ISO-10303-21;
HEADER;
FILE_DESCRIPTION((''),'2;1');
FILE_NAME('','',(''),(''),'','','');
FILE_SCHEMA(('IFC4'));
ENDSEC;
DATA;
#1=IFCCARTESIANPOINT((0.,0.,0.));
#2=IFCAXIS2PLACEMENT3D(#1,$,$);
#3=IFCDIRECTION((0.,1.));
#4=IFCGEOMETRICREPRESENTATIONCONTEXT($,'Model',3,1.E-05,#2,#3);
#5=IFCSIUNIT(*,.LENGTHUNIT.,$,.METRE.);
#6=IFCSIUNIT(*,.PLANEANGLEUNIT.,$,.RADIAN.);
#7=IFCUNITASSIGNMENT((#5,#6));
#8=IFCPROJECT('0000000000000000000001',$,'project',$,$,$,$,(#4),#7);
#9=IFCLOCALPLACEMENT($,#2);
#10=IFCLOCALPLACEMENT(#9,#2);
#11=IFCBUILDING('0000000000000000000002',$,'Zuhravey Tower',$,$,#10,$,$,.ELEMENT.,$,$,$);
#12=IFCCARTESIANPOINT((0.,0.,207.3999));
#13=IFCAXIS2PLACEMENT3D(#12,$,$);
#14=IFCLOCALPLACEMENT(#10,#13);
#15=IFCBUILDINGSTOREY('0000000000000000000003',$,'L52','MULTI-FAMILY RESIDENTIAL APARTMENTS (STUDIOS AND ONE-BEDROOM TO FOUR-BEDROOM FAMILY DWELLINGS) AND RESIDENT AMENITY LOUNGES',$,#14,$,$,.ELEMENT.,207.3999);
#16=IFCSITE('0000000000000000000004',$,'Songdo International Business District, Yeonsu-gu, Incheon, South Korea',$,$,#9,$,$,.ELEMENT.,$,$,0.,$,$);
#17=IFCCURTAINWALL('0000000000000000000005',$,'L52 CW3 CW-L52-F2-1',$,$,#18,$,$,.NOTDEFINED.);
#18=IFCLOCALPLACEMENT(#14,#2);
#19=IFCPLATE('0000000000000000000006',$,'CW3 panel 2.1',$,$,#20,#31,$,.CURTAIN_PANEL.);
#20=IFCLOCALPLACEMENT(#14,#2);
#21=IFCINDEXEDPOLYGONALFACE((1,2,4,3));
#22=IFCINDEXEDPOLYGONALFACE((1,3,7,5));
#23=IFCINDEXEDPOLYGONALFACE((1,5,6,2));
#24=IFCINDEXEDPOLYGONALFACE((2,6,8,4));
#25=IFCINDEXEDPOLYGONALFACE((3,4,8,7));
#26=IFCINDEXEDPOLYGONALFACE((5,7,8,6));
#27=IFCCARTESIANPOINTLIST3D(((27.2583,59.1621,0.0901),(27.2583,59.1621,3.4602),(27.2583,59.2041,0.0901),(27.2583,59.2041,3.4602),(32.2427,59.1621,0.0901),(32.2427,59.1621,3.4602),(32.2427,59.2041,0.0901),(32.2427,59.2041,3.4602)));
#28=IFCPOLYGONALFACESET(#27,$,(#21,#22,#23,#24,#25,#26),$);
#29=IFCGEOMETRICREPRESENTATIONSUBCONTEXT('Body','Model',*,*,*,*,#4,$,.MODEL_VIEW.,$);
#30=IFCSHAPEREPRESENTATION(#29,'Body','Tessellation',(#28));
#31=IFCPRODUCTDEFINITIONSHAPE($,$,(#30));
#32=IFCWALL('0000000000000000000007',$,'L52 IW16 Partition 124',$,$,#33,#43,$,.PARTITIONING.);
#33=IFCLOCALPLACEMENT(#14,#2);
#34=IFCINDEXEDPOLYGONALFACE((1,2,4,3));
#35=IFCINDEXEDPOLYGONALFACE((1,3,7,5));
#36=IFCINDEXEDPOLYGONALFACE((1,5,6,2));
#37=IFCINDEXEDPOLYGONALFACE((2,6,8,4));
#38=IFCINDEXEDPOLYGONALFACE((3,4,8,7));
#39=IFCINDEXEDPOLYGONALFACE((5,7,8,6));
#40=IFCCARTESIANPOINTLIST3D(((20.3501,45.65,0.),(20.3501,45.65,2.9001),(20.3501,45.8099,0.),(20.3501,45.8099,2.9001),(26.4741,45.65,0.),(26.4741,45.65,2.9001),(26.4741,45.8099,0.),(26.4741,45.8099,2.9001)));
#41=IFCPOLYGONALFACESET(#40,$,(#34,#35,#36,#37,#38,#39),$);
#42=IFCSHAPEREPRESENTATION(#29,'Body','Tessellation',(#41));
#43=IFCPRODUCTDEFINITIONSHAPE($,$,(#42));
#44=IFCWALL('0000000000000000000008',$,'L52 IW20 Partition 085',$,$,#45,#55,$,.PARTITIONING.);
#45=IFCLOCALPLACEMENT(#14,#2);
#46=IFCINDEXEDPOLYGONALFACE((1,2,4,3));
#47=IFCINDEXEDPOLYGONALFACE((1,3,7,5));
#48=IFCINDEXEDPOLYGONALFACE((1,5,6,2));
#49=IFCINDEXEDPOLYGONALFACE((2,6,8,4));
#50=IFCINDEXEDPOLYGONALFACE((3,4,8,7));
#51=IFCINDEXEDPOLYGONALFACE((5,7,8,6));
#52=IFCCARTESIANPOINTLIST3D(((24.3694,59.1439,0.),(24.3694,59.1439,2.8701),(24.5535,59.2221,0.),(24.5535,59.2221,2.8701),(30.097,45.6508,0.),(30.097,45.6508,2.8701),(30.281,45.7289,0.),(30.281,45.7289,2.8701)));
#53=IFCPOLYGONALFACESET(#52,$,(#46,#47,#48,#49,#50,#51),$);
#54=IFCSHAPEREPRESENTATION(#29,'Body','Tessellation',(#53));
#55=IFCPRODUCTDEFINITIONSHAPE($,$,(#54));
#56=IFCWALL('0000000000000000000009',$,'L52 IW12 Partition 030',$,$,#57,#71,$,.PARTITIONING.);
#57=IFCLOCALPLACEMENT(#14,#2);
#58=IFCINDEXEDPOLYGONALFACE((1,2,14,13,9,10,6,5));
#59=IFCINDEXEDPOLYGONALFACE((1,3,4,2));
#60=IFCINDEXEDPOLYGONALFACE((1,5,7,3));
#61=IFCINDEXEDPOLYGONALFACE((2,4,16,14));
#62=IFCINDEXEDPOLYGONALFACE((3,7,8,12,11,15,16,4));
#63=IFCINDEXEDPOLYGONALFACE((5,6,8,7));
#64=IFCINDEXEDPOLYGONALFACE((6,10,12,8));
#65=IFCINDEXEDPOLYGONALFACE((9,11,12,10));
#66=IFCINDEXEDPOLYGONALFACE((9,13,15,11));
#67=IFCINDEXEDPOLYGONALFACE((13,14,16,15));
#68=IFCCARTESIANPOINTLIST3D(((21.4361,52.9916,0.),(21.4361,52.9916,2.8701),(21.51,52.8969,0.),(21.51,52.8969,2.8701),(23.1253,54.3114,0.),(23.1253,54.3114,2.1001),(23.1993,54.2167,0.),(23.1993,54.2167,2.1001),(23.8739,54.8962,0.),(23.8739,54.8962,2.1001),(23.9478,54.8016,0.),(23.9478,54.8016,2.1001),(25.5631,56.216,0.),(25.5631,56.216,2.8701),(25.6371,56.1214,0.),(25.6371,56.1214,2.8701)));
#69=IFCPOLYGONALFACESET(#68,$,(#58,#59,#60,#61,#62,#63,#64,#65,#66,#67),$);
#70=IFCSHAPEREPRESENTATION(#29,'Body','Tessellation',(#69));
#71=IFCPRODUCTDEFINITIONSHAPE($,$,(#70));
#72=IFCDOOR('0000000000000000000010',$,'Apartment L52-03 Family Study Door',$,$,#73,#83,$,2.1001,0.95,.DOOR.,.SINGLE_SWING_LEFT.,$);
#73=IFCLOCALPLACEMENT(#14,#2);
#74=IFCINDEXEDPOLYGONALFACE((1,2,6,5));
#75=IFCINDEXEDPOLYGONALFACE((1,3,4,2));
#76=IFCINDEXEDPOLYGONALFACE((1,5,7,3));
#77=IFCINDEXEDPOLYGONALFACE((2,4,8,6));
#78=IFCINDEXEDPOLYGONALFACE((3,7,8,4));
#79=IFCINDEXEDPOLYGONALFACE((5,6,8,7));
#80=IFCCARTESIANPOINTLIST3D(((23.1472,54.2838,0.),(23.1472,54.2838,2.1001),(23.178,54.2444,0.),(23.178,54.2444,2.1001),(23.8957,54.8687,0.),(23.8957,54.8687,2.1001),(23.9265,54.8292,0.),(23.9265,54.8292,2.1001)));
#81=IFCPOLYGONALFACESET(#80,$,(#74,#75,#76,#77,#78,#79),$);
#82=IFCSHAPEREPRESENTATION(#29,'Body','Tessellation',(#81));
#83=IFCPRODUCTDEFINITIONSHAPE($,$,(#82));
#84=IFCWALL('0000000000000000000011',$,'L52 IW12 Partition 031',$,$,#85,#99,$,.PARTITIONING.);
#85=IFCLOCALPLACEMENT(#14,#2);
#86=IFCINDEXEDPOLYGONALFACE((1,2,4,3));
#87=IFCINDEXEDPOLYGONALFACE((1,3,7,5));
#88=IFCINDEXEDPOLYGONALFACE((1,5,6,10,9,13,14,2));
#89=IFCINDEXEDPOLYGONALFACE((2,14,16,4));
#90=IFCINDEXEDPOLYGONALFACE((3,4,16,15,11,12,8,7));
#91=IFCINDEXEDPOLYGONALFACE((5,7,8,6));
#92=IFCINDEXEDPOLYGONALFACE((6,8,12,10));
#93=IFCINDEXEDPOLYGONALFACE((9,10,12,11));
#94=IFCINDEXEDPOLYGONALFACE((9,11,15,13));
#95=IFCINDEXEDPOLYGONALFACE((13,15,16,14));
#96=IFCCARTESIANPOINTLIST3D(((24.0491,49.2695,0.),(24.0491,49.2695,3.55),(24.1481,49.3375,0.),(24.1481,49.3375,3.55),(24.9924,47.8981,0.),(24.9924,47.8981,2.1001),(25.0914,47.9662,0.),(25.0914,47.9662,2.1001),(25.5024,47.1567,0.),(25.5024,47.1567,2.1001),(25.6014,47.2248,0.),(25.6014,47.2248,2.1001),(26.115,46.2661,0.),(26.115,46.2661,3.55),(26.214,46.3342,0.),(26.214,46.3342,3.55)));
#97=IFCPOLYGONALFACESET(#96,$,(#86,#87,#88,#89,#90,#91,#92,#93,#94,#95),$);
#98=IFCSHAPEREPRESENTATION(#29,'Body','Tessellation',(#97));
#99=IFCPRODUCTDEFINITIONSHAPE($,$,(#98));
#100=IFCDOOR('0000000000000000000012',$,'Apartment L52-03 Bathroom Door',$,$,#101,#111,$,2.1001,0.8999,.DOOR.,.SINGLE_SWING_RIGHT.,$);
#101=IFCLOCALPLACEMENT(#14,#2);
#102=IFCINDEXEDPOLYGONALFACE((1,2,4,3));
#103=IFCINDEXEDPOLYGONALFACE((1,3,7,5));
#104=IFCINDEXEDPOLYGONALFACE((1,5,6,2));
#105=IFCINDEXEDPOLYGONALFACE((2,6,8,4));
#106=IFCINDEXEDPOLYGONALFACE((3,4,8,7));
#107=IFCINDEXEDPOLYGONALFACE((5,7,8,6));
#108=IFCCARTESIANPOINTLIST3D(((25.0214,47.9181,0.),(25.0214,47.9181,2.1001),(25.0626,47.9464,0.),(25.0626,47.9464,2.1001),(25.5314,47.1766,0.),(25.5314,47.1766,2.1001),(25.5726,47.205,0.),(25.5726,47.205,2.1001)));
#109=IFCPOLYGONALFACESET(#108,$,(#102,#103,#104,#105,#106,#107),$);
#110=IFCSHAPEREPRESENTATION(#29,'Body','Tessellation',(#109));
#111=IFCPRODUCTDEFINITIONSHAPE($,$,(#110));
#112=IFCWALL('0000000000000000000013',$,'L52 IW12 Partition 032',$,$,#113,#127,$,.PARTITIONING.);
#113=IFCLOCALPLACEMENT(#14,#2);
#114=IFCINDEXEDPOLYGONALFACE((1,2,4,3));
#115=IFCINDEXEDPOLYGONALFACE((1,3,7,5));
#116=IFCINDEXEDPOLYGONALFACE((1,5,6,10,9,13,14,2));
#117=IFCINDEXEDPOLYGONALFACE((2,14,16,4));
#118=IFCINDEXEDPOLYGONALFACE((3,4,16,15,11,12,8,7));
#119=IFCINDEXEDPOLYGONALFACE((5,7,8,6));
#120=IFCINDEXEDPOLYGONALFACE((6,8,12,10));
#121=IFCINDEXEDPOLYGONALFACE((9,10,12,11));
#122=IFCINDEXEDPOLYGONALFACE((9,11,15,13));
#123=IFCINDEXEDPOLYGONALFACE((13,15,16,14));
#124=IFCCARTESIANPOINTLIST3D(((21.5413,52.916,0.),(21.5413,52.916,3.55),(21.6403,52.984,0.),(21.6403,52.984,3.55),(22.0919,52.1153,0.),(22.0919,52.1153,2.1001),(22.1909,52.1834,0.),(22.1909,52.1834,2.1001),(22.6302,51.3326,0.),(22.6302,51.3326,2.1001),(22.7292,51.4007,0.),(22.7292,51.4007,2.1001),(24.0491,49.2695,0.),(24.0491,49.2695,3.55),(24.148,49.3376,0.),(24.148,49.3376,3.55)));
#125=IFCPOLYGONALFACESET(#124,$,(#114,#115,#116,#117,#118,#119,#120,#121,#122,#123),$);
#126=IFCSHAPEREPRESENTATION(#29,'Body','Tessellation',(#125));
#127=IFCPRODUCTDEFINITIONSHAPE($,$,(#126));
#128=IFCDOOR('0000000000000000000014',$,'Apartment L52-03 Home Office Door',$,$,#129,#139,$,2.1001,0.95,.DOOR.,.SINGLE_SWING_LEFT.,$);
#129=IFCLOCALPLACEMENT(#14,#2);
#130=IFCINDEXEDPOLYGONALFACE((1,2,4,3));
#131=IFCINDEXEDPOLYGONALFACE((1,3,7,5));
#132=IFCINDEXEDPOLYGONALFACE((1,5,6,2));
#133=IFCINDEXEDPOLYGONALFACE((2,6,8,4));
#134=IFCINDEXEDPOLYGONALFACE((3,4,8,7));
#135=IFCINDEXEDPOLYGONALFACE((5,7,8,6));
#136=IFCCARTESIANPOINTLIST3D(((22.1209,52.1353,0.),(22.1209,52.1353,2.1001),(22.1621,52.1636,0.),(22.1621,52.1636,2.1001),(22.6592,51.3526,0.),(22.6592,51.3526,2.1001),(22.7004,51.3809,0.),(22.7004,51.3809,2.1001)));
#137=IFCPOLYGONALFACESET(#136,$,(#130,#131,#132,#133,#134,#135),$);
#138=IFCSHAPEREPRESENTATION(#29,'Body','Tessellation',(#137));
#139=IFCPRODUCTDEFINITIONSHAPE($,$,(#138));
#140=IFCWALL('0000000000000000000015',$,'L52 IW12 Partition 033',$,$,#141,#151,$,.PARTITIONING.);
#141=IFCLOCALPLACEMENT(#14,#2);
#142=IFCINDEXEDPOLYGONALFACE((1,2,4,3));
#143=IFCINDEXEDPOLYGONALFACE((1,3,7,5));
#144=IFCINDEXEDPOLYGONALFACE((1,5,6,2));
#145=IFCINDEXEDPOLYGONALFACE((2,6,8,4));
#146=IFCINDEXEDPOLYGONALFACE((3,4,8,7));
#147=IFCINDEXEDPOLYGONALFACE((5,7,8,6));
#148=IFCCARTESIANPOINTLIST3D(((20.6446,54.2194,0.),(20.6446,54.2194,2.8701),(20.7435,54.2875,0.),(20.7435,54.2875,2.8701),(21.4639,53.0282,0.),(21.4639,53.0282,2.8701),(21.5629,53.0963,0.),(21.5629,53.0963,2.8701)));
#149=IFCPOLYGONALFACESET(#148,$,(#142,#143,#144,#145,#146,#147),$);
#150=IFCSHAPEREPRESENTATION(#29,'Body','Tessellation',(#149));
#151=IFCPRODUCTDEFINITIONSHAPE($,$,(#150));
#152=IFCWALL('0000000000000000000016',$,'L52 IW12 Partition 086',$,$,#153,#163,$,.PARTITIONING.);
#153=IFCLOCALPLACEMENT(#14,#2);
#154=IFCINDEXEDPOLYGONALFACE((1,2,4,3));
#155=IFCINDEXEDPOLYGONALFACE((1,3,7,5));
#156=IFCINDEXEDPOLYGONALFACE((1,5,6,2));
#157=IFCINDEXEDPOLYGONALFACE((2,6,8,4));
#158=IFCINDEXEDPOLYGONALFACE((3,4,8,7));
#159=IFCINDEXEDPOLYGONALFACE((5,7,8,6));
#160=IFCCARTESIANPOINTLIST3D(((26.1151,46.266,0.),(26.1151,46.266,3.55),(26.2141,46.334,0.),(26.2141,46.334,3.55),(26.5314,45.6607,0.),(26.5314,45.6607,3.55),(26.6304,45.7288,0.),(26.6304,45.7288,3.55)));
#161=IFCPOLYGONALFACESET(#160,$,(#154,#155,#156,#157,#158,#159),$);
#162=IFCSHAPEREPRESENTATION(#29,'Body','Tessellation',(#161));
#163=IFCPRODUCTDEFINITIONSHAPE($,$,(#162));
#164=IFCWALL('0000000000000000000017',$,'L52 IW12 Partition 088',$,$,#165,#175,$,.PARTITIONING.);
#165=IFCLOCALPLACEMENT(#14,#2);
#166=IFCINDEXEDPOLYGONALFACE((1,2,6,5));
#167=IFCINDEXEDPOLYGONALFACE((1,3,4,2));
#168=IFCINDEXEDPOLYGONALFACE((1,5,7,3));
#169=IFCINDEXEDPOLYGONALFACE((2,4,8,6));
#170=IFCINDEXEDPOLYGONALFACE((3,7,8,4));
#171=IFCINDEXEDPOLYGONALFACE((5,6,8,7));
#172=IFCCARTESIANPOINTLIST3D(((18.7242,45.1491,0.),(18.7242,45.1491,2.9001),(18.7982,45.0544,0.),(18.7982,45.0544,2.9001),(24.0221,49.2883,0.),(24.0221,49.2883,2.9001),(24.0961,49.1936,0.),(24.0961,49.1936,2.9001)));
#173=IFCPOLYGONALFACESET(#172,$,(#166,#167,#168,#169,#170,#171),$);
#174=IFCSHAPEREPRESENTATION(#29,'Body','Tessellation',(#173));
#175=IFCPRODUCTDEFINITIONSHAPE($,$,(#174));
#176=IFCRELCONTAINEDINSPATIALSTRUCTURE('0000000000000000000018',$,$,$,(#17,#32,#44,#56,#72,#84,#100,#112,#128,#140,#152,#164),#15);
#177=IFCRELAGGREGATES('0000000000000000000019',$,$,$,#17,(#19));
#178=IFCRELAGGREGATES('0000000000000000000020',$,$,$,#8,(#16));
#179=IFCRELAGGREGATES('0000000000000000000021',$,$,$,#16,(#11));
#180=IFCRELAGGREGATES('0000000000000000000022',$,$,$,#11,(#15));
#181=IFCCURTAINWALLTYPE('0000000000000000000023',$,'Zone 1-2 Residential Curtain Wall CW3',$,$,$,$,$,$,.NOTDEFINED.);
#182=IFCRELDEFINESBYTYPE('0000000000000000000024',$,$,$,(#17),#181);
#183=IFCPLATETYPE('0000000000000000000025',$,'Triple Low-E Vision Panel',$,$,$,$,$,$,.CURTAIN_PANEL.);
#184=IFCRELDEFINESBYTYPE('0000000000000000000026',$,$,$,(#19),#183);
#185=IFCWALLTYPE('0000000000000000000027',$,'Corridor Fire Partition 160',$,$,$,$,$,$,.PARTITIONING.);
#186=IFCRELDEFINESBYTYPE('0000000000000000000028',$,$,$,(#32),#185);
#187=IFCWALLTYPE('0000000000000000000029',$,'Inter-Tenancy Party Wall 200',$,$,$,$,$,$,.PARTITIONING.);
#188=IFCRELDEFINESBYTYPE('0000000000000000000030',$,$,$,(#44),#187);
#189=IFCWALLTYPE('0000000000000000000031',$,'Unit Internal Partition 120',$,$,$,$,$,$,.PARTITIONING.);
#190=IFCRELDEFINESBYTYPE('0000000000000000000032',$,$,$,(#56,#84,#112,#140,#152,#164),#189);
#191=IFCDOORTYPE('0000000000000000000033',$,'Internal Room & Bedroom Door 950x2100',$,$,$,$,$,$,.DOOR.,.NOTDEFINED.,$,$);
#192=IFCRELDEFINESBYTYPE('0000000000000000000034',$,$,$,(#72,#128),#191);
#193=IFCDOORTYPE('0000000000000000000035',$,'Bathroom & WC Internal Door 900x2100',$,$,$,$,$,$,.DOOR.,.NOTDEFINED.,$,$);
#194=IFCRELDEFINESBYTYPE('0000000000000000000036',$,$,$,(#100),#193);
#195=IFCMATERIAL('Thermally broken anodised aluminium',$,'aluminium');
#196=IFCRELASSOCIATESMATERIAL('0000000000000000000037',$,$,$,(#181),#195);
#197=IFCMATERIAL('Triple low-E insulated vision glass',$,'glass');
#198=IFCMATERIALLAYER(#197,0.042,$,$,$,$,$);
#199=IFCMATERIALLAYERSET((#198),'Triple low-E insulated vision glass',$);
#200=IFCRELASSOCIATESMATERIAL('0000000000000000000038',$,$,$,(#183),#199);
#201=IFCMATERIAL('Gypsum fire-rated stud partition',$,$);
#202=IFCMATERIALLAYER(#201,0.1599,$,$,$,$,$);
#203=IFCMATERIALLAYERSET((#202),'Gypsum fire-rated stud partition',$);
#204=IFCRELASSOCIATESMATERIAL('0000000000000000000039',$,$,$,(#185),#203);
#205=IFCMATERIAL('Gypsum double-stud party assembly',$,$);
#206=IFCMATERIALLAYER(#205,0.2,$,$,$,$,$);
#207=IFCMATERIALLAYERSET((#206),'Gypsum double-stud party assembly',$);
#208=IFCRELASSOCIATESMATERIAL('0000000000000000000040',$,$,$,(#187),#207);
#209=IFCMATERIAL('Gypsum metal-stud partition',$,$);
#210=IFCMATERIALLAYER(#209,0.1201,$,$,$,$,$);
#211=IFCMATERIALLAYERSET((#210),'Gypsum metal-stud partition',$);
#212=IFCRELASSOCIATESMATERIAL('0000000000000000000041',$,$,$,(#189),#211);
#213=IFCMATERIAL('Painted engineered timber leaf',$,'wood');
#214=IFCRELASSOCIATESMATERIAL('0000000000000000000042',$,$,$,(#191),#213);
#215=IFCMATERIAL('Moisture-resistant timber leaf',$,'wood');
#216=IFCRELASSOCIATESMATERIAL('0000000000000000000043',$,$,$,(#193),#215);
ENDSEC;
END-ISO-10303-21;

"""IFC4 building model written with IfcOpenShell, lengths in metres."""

from ifc_helpers import new_model, si_unit, direction, frame, frame_2d, origin, origin_2d, place, context, subcontext, project, spatial, rectangle, extrude, material, layer, layer_set, type_object, element, fill, aggregate, save


model = new_model("IFC4")

# Units and contexts
model_context = context("Model", 3, precision=1e-05, world=origin(), true_north=direction((0.0, 1.0)))
body_context = subcontext(model_context, "Body", "Model", "MODEL_VIEW")
ifc_project = project(units=[si_unit("LENGTHUNIT", "METRE"), si_unit("PLANEANGLEUNIT", "RADIAN")], contexts=[model_context])

# Site, building, storey
site_placement = place(None, origin())
site = spatial("IfcSite", under=ifc_project, at=site_placement, Name="Songdo International Business District, Yeonsu-gu, Incheon, South Korea", CompositionType="ELEMENT", RefElevation=0.0)
building_placement = place(site_placement, origin())
building = spatial("IfcBuilding", under=site, at=building_placement, Name="Zuhravey Tower", CompositionType="ELEMENT")
storey_placement = place(building_placement, frame((0.0, 0.0, 207.3999)))
storey = spatial("IfcBuildingStorey", under=building, at=storey_placement, Name="L52", Description="MULTI-FAMILY RESIDENTIAL APARTMENTS (STUDIOS AND ONE-BEDROOM TO FOUR-BEDROOM FAMILY DWELLINGS) AND RESIDENT AMENITY LOUNGES", CompositionType="ELEMENT", Elevation=207.3999)

# Curtain wall
ifc_material_1 = material(Name="Thermally broken anodised aluminium", Category="aluminium")
curtain_wall_type = type_object("IfcCurtainWallType", Name="Zone 1-2 Residential Curtain Wall CW3", PredefinedType="NOTDEFINED", material=ifc_material_1)
curtain_wall_placement = place(storey_placement, origin())
curtain_wall = element("IfcCurtainWall", 1, at=curtain_wall_placement, inside=storey, type_object=curtain_wall_type, Name="L52 CW3 CW-L52-F2-1", PredefinedType="NOTDEFINED")

# Plate
ifc_material_2 = material(Name="Triple low-E insulated vision glass", Category="glass")
ifc_layer_1 = layer(ifc_material_2, 0.042)
ifc_layer_set_1 = layer_set([ifc_layer_1], Name="Triple low-E insulated vision glass")
plate_type_1 = type_object("IfcPlateType", Name="Triple Low-E Vision Panel", PredefinedType="CURTAIN_PANEL", material=ifc_layer_set_1)
plate_1_placement = place(storey_placement, frame((29.7505, 59.1831, 0.0901), z_axis=(0.0, 0.0, 1.0), x_axis=(1.0, 0.0, 0.0)))
plate_1 = element("IfcPlate", 2, at=plate_1_placement, type_object=plate_type_1, Name="CW3 panel 2.1", PredefinedType="CURTAIN_PANEL", context=body_context, shape_type="SweptSolid", body=[
    extrude(rectangle(XDim=4.9844, YDim=0.042, at=origin_2d()), origin(), (0.0, 0.0, 1.0), 3.3701),
])
aggregate(curtain_wall, [plate_1])

# Shared definitions
ifc_material_3 = material(Name="Gypsum fire-rated stud partition")
ifc_layer_2 = layer(ifc_material_3, 0.1599)
ifc_layer_set_2 = layer_set([ifc_layer_2], Name="Gypsum fire-rated stud partition")
wall_type_1 = type_object("IfcWallType", Name="Corridor Fire Partition 160", PredefinedType="PARTITIONING", material=ifc_layer_set_2)

# Walls
wall_1_placement = place(storey_placement, frame((26.4741, 45.73, 0.0), z_axis=(0.0, 0.0, 1.0), x_axis=(-1.0, 0.0, 0.0)))
element("IfcWall", 3, at=wall_1_placement, inside=storey, type_object=wall_type_1, Name="L52 IW16 Partition 124", PredefinedType="PARTITIONING", context=body_context, shape_type="SweptSolid", body=[
    extrude(rectangle(XDim=6.124, YDim=0.1599, at=frame_2d((3.062, 0.0))), origin(), (0.0, 0.0, 1.0), 2.9001),
])
ifc_material_4 = material(Name="Gypsum double-stud party assembly")
ifc_layer_3 = layer(ifc_material_4, 0.2)
ifc_layer_set_3 = layer_set([ifc_layer_3], Name="Gypsum double-stud party assembly")
wall_type_2 = type_object("IfcWallType", Name="Inter-Tenancy Party Wall 200", PredefinedType="PARTITIONING", material=ifc_layer_set_3)
wall_2_placement = place(storey_placement, frame((30.189, 45.6899, 0.0), z_axis=(0.0, 0.0, 1.0), x_axis=(-0.390733, 0.920504, 0.0)))
element("IfcWall", 4, at=wall_2_placement, inside=storey, type_object=wall_type_2, Name="L52 IW20 Partition 085", PredefinedType="PARTITIONING", context=body_context, shape_type="SweptSolid", body=[
    extrude(rectangle(XDim=14.6584, YDim=0.2, at=frame_2d((7.3291, 0.0))), origin(), (0.0, 0.0, 1.0), 2.8701),
])

# Walls, openings, doors
ifc_material_5 = material(Name="Gypsum metal-stud partition")
ifc_layer_4 = layer(ifc_material_5, 0.1201)
ifc_layer_set_4 = layer_set([ifc_layer_4], Name="Gypsum metal-stud partition")
wall_type_3 = type_object("IfcWallType", Name="Unit Internal Partition 120", PredefinedType="PARTITIONING", material=ifc_layer_set_4)
wall_3_placement = place(storey_placement, frame((25.6001, 56.1687, 0.0), z_axis=(0.0, 0.0, 1.0), x_axis=(-0.788007, -0.615666, 0.0)))
wall_3 = element("IfcWall", 5, at=wall_3_placement, inside=storey, type_object=wall_type_3, Name="L52 IW12 Partition 030", PredefinedType="PARTITIONING", context=body_context, shape_type="SweptSolid", body=[
    extrude(rectangle(XDim=5.2373, YDim=0.1201, at=frame_2d((2.6187, 0.0))), origin(), (0.0, 0.0, 1.0), 2.8701),
])
opening_1_placement = place(wall_3_placement, frame((2.1436, 0.0, 0.0)))
opening_1 = element("IfcOpeningElement", 6, at=opening_1_placement, cuts=wall_3, PredefinedType="OPENING", context=body_context, shape_type="SweptSolid", body=[
    extrude(rectangle(XDim=0.95, YDim=2.1001, at=frame_2d((0.4751, 1.05))), frame((0.0, 0.072, 0.0), z_axis=(0.0, -1.0, 0.0), x_axis=(1.0, 0.0, 0.0)), (0.0, 0.0, 1.0), 0.144),
])
ifc_material_6 = material(Name="Painted engineered timber leaf", Category="wood")
door_type_1 = type_object("IfcDoorType", Name="Internal Room & Bedroom Door 950x2100", OperationType="NOTDEFINED", PredefinedType="DOOR", material=ifc_material_6)
door_1_placement = place(opening_1_placement, frame((0.95, 0.0, 0.0), z_axis=(0.0, 0.0, 1.0), x_axis=(-1.0, 0.0, 0.0)))
door_1 = element("IfcDoor", 7, at=door_1_placement, inside=storey, type_object=door_type_1, Name="Apartment L52-03 Family Study Door", OperationType="SINGLE_SWING_LEFT", OverallHeight=2.1001, OverallWidth=0.95, PredefinedType="DOOR", context=body_context, shape_type="SweptSolid", body=[
    extrude(rectangle(XDim=0.95, YDim=2.1001, at=frame_2d((0.4751, 1.05))), frame((0.0, 0.0249, 0.0), z_axis=(0.0, -1.0, 0.0), x_axis=(1.0, 0.0, 0.0)), (0.0, 0.0, 1.0), 0.05),
])
fill(opening_1, door_1)
wall_4_placement = place(storey_placement, frame((26.1646, 46.3, 0.0), z_axis=(0.0, 0.0, 1.0), x_axis=(-0.566728, 0.823905, 0.0)))
wall_4 = element("IfcWall", 8, at=wall_4_placement, inside=storey, type_object=wall_type_3, Name="L52 IW12 Partition 031", PredefinedType="PARTITIONING", context=body_context, shape_type="SweptSolid", body=[
    extrude(rectangle(XDim=3.6453, YDim=0.1201, at=frame_2d((1.8228, 0.0))), origin(), (0.0, 0.0, 1.0), 3.55),
])
opening_2_placement = place(wall_4_placement, frame((1.0811, 0.0, 0.0)))
opening_2 = element("IfcOpeningElement", 9, at=opening_2_placement, cuts=wall_4, PredefinedType="OPENING", context=body_context, shape_type="SweptSolid", body=[
    extrude(rectangle(XDim=0.8999, YDim=2.1001, at=frame_2d((0.45, 1.05))), frame((0.0, 0.072, 0.0), z_axis=(0.0, -1.0, 0.0), x_axis=(1.0, 0.0, 0.0)), (0.0, 0.0, 1.0), 0.144),
])
ifc_material_7 = material(Name="Moisture-resistant timber leaf", Category="wood")
door_type_2 = type_object("IfcDoorType", Name="Bathroom & WC Internal Door 900x2100", OperationType="NOTDEFINED", PredefinedType="DOOR", material=ifc_material_7)
door_2_placement = place(opening_2_placement, origin())
door_2 = element("IfcDoor", 10, at=door_2_placement, inside=storey, type_object=door_type_2, Name="Apartment L52-03 Bathroom Door", OperationType="SINGLE_SWING_RIGHT", OverallHeight=2.1001, OverallWidth=0.8999, PredefinedType="DOOR", context=body_context, shape_type="SweptSolid", body=[
    extrude(rectangle(XDim=0.8999, YDim=2.1001, at=frame_2d((0.45, 1.05))), frame((0.0, 0.0249, 0.0), z_axis=(0.0, -1.0, 0.0), x_axis=(1.0, 0.0, 0.0)), (0.0, 0.0, 1.0), 0.05),
])
fill(opening_2, door_2)
wall_5_placement = place(storey_placement, frame((24.0986, 49.3035, 0.0), z_axis=(0.0, 0.0, 1.0), x_axis=(-0.56666, 0.823952, 0.0)))
wall_5 = element("IfcWall", 11, at=wall_5_placement, inside=storey, type_object=wall_type_3, Name="L52 IW12 Partition 032", PredefinedType="PARTITIONING", context=body_context, shape_type="SweptSolid", body=[
    extrude(rectangle(XDim=4.4255, YDim=0.1201, at=frame_2d((2.2129, 0.0))), origin(), (0.0, 0.0, 1.0), 3.55),
])
opening_3_placement = place(wall_5_placement, frame((2.5039, 0.0, 0.0)))
opening_3 = element("IfcOpeningElement", 12, at=opening_3_placement, cuts=wall_5, PredefinedType="OPENING", context=body_context, shape_type="SweptSolid", body=[
    extrude(rectangle(XDim=0.95, YDim=2.1001, at=frame_2d((0.4751, 1.05))), frame((0.0, 0.072, 0.0), z_axis=(0.0, -1.0, 0.0), x_axis=(1.0, 0.0, 0.0)), (0.0, 0.0, 1.0), 0.144),
])
door_3_placement = place(opening_3_placement, origin())
door_3 = element("IfcDoor", 13, at=door_3_placement, inside=storey, type_object=door_type_1, Name="Apartment L52-03 Home Office Door", OperationType="SINGLE_SWING_LEFT", OverallHeight=2.1001, OverallWidth=0.95, PredefinedType="DOOR", context=body_context, shape_type="SweptSolid", body=[
    extrude(rectangle(XDim=0.95, YDim=2.1001, at=frame_2d((0.4751, 1.05))), frame((0.0, 0.0249, 0.0), z_axis=(0.0, -1.0, 0.0), x_axis=(1.0, 0.0, 0.0)), (0.0, 0.0, 1.0), 0.05),
])
fill(opening_3, door_3)

# Walls
wall_6_placement = place(storey_placement, frame((21.5134, 53.0623, 0.0), z_axis=(0.0, 0.0, 1.0), x_axis=(-0.566722, 0.823909, 0.0)))
element("IfcWall", 14, at=wall_6_placement, inside=storey, type_object=wall_type_3, Name="L52 IW12 Partition 033", PredefinedType="PARTITIONING", context=body_context, shape_type="SweptSolid", body=[
    extrude(rectangle(XDim=1.4458, YDim=0.1201, at=frame_2d((0.7229, 0.0))), origin(), (0.0, 0.0, 1.0), 2.8701),
])
wall_7_placement = place(storey_placement, frame((26.5808, 45.6948, 0.0), z_axis=(0.0, 0.0, 1.0), x_axis=(-0.566684, 0.823935, 0.0)))
element("IfcWall", 15, at=wall_7_placement, inside=storey, type_object=wall_type_3, Name="L52 IW12 Partition 086", PredefinedType="PARTITIONING", context=body_context, shape_type="SweptSolid", body=[
    extrude(rectangle(XDim=0.7346, YDim=0.1201, at=frame_2d((0.3672, 0.0))), origin(), (0.0, 0.0, 1.0), 3.55),
])
wall_8_placement = place(storey_placement, frame((24.0591, 49.241, 0.0), z_axis=(0.0, 0.0, 1.0), x_axis=(-0.788009, -0.615664, 0.0)))
element("IfcWall", 16, at=wall_8_placement, inside=storey, type_object=wall_type_3, Name="L52 IW12 Partition 088", PredefinedType="PARTITIONING", context=body_context, shape_type="SweptSolid", body=[
    extrude(rectangle(XDim=6.7231, YDim=0.1201, at=frame_2d((3.3616, 0.0))), origin(), (0.0, 0.0, 1.0), 2.9001),
])

save(model, "model.ifc")
